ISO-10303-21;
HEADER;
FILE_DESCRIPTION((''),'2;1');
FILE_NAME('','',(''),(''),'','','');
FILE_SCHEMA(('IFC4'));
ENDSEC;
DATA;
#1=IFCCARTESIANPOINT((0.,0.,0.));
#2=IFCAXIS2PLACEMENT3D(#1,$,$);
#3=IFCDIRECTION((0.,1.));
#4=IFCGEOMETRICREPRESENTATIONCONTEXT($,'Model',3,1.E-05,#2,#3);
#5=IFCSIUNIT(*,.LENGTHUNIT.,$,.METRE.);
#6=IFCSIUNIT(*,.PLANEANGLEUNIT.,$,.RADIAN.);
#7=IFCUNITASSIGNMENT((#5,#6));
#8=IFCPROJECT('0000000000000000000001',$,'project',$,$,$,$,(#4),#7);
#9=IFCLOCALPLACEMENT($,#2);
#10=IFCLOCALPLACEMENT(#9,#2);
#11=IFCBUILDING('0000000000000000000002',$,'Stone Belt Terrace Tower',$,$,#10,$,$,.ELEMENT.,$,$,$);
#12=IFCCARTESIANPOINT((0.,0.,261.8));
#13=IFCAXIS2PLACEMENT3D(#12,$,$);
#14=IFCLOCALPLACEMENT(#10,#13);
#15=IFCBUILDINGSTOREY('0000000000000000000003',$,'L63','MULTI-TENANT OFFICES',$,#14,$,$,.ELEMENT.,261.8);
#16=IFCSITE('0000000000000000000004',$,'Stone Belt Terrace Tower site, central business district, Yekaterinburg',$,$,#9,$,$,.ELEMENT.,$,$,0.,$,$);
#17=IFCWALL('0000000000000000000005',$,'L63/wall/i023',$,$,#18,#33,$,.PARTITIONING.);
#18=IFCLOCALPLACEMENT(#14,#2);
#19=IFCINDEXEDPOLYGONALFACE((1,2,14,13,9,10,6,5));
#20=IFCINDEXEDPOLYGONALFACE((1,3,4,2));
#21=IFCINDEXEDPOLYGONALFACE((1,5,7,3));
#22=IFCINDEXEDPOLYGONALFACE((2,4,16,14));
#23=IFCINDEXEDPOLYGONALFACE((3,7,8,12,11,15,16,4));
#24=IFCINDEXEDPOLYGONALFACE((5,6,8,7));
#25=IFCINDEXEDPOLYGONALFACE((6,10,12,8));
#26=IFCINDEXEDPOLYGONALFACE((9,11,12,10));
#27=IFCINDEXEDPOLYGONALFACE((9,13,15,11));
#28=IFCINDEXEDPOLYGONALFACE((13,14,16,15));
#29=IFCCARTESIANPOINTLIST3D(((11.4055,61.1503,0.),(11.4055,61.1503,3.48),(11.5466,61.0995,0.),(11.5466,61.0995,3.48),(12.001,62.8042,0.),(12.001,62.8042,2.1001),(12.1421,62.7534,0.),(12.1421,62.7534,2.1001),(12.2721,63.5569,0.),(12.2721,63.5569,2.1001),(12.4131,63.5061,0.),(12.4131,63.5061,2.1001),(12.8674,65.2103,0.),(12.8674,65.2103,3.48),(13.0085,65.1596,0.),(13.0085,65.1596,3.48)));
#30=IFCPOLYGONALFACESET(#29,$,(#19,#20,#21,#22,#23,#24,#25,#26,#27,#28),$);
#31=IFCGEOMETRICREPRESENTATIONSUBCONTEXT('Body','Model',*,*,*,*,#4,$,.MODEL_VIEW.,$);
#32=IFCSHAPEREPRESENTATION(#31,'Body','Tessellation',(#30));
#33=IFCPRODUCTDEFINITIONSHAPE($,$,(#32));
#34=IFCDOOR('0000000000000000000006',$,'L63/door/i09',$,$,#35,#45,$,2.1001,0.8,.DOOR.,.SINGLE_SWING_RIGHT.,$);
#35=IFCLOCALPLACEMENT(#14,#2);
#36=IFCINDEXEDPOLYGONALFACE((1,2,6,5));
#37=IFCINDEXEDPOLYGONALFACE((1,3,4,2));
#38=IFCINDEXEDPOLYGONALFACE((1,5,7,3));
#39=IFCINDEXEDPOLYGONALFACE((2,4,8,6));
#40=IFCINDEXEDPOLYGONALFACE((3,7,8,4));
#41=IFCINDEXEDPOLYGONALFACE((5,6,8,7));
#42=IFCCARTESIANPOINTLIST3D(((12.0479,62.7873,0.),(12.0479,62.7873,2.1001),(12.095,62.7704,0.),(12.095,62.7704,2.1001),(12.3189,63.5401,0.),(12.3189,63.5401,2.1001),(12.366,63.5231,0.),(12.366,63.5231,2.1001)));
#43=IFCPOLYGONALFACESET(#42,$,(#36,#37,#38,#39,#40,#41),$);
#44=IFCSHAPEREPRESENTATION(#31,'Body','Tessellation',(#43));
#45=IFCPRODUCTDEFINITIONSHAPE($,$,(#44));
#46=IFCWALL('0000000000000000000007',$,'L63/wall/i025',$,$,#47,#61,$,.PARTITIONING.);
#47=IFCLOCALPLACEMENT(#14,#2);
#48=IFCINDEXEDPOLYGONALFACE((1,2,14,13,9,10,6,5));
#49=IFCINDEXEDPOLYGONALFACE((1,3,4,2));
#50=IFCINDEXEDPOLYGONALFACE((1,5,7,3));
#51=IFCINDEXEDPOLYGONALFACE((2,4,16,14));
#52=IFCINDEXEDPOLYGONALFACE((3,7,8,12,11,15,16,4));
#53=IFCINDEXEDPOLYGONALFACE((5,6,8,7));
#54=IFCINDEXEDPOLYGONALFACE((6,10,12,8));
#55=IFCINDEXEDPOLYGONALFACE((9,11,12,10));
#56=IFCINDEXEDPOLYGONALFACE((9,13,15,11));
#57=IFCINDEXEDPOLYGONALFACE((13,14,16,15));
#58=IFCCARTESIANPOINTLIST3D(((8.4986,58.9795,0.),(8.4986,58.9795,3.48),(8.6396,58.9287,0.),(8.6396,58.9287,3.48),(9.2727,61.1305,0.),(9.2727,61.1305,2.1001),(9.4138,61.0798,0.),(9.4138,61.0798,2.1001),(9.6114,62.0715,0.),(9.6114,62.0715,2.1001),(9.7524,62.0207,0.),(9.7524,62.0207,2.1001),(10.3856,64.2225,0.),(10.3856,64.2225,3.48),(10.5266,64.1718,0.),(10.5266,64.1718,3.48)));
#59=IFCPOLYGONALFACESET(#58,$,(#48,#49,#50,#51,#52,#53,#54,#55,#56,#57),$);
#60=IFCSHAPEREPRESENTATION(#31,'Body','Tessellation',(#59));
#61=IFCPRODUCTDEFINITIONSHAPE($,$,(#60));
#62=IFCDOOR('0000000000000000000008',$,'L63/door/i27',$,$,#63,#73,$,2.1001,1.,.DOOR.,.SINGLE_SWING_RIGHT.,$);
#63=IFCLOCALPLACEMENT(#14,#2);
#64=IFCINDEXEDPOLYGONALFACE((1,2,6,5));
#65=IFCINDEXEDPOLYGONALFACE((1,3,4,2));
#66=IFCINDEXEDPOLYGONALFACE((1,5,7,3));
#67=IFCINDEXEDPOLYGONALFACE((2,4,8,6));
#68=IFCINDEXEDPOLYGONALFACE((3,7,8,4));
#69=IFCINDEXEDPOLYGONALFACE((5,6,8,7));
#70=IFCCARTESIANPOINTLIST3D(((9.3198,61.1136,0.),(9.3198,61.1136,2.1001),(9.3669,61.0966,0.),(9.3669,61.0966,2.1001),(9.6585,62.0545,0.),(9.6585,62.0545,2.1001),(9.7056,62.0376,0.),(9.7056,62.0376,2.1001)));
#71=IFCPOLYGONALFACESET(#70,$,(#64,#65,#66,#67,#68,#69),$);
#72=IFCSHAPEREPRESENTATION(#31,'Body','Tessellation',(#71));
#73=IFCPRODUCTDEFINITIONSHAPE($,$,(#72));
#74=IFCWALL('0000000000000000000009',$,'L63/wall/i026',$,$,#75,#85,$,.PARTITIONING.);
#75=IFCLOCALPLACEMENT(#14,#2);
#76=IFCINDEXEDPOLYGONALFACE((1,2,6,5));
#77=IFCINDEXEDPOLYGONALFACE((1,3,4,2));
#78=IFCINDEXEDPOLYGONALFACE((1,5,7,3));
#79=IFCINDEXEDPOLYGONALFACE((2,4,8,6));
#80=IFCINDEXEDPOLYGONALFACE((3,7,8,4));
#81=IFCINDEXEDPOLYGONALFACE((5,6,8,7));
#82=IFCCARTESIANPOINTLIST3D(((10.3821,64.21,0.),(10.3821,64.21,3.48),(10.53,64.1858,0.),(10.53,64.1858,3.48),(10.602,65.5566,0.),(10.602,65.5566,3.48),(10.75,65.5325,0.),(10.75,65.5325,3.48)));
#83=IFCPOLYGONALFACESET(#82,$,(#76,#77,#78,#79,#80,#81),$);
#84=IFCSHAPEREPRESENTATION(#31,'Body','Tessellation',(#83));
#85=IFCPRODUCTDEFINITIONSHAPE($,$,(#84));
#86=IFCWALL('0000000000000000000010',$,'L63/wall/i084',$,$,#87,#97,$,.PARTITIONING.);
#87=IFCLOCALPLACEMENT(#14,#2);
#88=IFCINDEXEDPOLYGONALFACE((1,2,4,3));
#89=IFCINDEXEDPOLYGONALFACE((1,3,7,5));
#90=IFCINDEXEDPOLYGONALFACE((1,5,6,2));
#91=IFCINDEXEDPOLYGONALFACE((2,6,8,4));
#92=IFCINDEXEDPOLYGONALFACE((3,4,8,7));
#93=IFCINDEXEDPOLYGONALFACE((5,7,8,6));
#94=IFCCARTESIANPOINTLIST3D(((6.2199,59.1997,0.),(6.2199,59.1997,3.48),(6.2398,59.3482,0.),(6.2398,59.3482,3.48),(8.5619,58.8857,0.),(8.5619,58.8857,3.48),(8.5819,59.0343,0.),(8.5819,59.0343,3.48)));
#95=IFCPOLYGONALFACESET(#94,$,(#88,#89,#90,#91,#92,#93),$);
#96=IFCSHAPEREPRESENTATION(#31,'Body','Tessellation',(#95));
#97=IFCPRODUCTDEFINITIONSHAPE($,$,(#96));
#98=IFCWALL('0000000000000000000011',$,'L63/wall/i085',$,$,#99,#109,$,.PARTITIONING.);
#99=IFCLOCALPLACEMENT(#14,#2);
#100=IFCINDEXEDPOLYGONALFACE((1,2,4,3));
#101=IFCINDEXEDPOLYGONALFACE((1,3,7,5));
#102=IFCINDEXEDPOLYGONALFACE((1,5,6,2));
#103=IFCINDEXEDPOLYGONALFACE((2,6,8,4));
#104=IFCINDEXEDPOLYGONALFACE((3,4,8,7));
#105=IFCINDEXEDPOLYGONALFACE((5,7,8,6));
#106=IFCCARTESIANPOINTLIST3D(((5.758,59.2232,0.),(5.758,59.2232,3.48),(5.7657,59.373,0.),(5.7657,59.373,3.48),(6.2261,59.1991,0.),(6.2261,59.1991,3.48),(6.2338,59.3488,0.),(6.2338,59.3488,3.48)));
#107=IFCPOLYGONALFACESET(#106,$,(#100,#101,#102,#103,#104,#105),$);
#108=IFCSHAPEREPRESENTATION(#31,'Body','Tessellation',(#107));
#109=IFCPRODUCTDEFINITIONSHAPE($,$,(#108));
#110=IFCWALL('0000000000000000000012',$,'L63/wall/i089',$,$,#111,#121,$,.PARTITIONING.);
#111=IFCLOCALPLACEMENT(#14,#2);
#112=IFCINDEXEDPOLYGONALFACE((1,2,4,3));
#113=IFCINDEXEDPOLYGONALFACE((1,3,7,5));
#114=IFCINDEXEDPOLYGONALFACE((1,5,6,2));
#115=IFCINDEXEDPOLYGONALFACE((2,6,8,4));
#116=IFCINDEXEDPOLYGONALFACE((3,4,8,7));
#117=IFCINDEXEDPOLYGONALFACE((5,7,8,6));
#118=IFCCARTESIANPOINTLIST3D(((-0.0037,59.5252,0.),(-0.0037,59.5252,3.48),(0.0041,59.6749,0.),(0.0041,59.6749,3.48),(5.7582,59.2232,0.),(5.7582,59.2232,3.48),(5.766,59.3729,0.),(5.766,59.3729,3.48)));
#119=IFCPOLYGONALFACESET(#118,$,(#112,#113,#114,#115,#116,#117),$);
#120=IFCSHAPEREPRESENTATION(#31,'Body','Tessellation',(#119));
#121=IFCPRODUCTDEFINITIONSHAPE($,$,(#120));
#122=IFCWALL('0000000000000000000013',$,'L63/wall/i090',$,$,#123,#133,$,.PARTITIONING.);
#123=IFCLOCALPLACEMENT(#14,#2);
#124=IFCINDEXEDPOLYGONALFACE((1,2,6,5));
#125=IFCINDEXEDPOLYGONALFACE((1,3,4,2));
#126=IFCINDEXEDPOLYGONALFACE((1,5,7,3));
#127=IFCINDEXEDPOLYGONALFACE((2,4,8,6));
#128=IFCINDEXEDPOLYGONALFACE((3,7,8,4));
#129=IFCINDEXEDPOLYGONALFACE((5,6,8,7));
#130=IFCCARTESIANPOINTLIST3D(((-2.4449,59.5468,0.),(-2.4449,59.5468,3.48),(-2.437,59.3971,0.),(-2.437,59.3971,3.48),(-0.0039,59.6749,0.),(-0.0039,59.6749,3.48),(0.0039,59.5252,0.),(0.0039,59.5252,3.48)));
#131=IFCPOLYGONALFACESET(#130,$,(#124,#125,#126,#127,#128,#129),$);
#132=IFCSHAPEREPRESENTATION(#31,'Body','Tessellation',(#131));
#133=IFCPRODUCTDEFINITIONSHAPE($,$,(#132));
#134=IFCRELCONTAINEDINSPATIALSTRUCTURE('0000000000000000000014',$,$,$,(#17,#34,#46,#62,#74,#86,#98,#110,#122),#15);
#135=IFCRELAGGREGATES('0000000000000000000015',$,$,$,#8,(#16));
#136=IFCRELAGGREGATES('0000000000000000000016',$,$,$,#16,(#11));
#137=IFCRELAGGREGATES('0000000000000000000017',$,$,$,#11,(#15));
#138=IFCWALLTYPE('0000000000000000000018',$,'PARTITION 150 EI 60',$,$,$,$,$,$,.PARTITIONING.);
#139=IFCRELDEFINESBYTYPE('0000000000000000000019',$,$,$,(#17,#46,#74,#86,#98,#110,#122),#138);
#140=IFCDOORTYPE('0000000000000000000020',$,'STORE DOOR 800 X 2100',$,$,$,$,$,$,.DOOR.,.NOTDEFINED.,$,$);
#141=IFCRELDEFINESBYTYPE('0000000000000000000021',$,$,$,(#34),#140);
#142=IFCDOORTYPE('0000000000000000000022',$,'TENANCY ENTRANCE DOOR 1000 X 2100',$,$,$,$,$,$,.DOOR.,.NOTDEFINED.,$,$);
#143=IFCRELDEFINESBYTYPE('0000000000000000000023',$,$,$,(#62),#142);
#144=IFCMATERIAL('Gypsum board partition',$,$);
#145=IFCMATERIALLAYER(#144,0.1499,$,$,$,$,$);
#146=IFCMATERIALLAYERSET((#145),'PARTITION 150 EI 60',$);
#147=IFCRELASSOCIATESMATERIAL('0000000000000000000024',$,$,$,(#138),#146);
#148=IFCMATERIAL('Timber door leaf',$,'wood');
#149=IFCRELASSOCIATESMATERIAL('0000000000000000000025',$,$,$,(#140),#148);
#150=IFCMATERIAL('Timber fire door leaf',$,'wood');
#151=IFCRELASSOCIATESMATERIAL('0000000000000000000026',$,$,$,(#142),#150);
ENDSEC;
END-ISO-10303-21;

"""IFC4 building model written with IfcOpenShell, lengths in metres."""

from ifc_helpers import new_model, si_unit, direction, frame, frame_2d, origin, place, context, subcontext, project, spatial, rectangle, extrude, material, layer, layer_set, type_object, element, fill, save


model = new_model("IFC4")

# Units and contexts
model_context = context("Model", 3, precision=1e-05, world=origin(), true_north=direction((0.0, 1.0)))
body_context = subcontext(model_context, "Body", "Model", "MODEL_VIEW")
ifc_project = project(units=[si_unit("LENGTHUNIT", "METRE"), si_unit("PLANEANGLEUNIT", "RADIAN")], contexts=[model_context])

# Site, building, storey
site_placement = place(None, origin())
site = spatial("IfcSite", under=ifc_project, at=site_placement, Name="Stone Belt Terrace Tower site, central business district, Yekaterinburg", CompositionType="ELEMENT", RefElevation=0.0)
building_placement = place(site_placement, origin())
building = spatial("IfcBuilding", under=site, at=building_placement, Name="Stone Belt Terrace Tower", CompositionType="ELEMENT")
storey_placement = place(building_placement, frame((0.0, 0.0, 261.8)))
storey = spatial("IfcBuildingStorey", under=building, at=storey_placement, Name="L63", Description="MULTI-TENANT OFFICES", CompositionType="ELEMENT", Elevation=261.8)

# Shared definitions
ifc_material_1 = material(Name="Gypsum board partition")

# Shared definitions
ifc_material_2 = material(Name="Timber door leaf", Category="wood")

# Walls, openings, doors
ifc_layer_1 = layer(ifc_material_1, 0.1499)
ifc_layer_set_1 = layer_set([ifc_layer_1], Name="PARTITION 150 EI 60")
wall_type_1 = type_object("IfcWallType", Name="PARTITION 150 EI 60", PredefinedType="PARTITIONING", material=ifc_layer_set_1)
wall_1_placement = place(storey_placement, frame((12.938, 65.1851, 0.0), z_axis=(0.0, 0.0, 1.0), x_axis=(-0.33878, -0.940866, 0.0)))
wall_1 = element("IfcWall", 1, at=wall_1_placement, inside=storey, type_object=wall_type_1, Name="L63/wall/i023", PredefinedType="PARTITIONING", context=body_context, shape_type="SweptSolid", body=[
    extrude(rectangle(XDim=4.3152, YDim=0.1499, at=frame_2d((2.1577, 0.0))), origin(), (0.0, 0.0, 1.0), 3.48),
])
opening_1_placement = place(wall_1_placement, frame((1.7576, 0.0, 0.0)))
opening_1 = element("IfcOpeningElement", 2, at=opening_1_placement, cuts=wall_1, PredefinedType="OPENING", context=body_context, shape_type="SweptSolid", body=[
    extrude(rectangle(XDim=0.8, YDim=2.1001, at=frame_2d((0.3999, 1.05))), frame((0.0, 0.085, 0.0), z_axis=(0.0, -1.0, 0.0), x_axis=(1.0, 0.0, 0.0)), (0.0, 0.0, 1.0), 0.1699),
])
door_type_1 = type_object("IfcDoorType", Name="STORE DOOR 800 X 2100", OperationType="NOTDEFINED", PredefinedType="DOOR", material=ifc_material_2)
door_1_placement = place(opening_1_placement, origin())
door_1 = element("IfcDoor", 3, at=door_1_placement, inside=storey, type_object=door_type_1, Name="L63/door/i09", OperationType="SINGLE_SWING_RIGHT", OverallHeight=2.1001, OverallWidth=0.8, PredefinedType="DOOR", context=body_context, shape_type="SweptSolid", body=[
    extrude(rectangle(XDim=0.8, YDim=2.1001, at=frame_2d((0.3999, 1.05))), frame((0.0, 0.0249, 0.0), z_axis=(0.0, -1.0, 0.0), x_axis=(1.0, 0.0, 0.0)), (0.0, 0.0, 1.0), 0.05),
])
fill(opening_1, door_1)
wall_2_placement = place(storey_placement, frame((8.5691, 58.9541, 0.0), z_axis=(0.0, 0.0, 1.0), x_axis=(0.338642, 0.940915, 0.0)))
wall_2 = element("IfcWall", 4, at=wall_2_placement, inside=storey, type_object=wall_type_1, Name="L63/wall/i025", PredefinedType="PARTITIONING", context=body_context, shape_type="SweptSolid", body=[
    extrude(rectangle(XDim=5.5723, YDim=0.1499, at=frame_2d((2.7861, 0.0))), origin(), (0.0, 0.0, 1.0), 3.48),
])
opening_2_placement = place(wall_2_placement, frame((2.2861, 0.0, 0.0)))
opening_2 = element("IfcOpeningElement", 5, at=opening_2_placement, cuts=wall_2, PredefinedType="OPENING", context=body_context, shape_type="SweptSolid", body=[
    extrude(rectangle(XDim=1.0, YDim=2.1001, at=frame_2d((0.5, 1.05))), frame((0.0, 0.085, 0.0), z_axis=(0.0, -1.0, 0.0), x_axis=(1.0, 0.0, 0.0)), (0.0, 0.0, 1.0), 0.1699),
])
ifc_material_3 = material(Name="Timber fire door leaf", Category="wood")
door_type_2 = type_object("IfcDoorType", Name="TENANCY ENTRANCE DOOR 1000 X 2100", OperationType="NOTDEFINED", PredefinedType="DOOR", material=ifc_material_3)
door_2_placement = place(opening_2_placement, origin())
door_2 = element("IfcDoor", 6, at=door_2_placement, inside=storey, type_object=door_type_2, Name="L63/door/i27", OperationType="SINGLE_SWING_RIGHT", OverallHeight=2.1001, OverallWidth=1.0, PredefinedType="DOOR", context=body_context, shape_type="SweptSolid", body=[
    extrude(rectangle(XDim=1.0, YDim=2.1001, at=frame_2d((0.5, 1.05))), frame((0.0, 0.0249, 0.0), z_axis=(0.0, -1.0, 0.0), x_axis=(1.0, 0.0, 0.0)), (0.0, 0.0, 1.0), 0.05),
])
fill(opening_2, door_2)

# Walls
wall_3_placement = place(storey_placement, frame((10.4561, 64.198, 0.0), z_axis=(0.0, 0.0, 1.0), x_axis=(0.161207, 0.986921, 0.0)))
element("IfcWall", 7, at=wall_3_placement, inside=storey, type_object=wall_type_1, Name="L63/wall/i026", PredefinedType="PARTITIONING", context=body_context, shape_type="SweptSolid", body=[
    extrude(rectangle(XDim=1.3645, YDim=0.1499, at=frame_2d((0.6821, 0.0))), origin(), (0.0, 0.0, 1.0), 3.48),
])
wall_4_placement = place(storey_placement, frame((8.572, 58.96, 0.0), z_axis=(0.0, 0.0, 1.0), x_axis=(-0.991134, 0.132868, 0.0)))
element("IfcWall", 8, at=wall_4_placement, inside=storey, type_object=wall_type_1, Name="L63/wall/i084", PredefinedType="PARTITIONING", context=body_context, shape_type="SweptSolid", body=[
    extrude(rectangle(XDim=2.363, YDim=0.1499, at=frame_2d((1.1816, 0.0))), origin(), (0.0, 0.0, 1.0), 3.48),
])
wall_5_placement = place(storey_placement, frame((6.23, 59.2739, 0.0), z_axis=(0.0, 0.0, 1.0), x_axis=(-0.998669, 0.051574, 0.0)))
element("IfcWall", 9, at=wall_5_placement, inside=storey, type_object=wall_type_1, Name="L63/wall/i085", PredefinedType="PARTITIONING", context=body_context, shape_type="SweptSolid", body=[
    extrude(rectangle(XDim=0.4688, YDim=0.1499, at=frame_2d((0.2344, 0.0))), origin(), (0.0, 0.0, 1.0), 3.48),
])
wall_6_placement = place(storey_placement, frame((5.762, 59.2981, 0.0), z_axis=(0.0, 0.0, 1.0), x_axis=(-0.998629, 0.052341, 0.0)))
element("IfcWall", 10, at=wall_6_placement, inside=storey, type_object=wall_type_1, Name="L63/wall/i089", PredefinedType="PARTITIONING", context=body_context, shape_type="SweptSolid", body=[
    extrude(rectangle(XDim=5.7698, YDim=0.1499, at=frame_2d((2.8848, 0.0))), origin(), (0.0, 0.0, 1.0), 3.48),
])
wall_7_placement = place(storey_placement, frame((0.0, 59.6001, 0.0), z_axis=(0.0, 0.0, 1.0), x_axis=(-0.998624, -0.052438, 0.0)))
element("IfcWall", 11, at=wall_7_placement, inside=storey, type_object=wall_type_1, Name="L63/wall/i090", PredefinedType="PARTITIONING", context=body_context, shape_type="SweptSolid", body=[
    extrude(rectangle(XDim=2.4443, YDim=0.1499, at=frame_2d((1.2222, 0.0))), origin(), (0.0, 0.0, 1.0), 3.48),
])

save(model, "model.ifc")
